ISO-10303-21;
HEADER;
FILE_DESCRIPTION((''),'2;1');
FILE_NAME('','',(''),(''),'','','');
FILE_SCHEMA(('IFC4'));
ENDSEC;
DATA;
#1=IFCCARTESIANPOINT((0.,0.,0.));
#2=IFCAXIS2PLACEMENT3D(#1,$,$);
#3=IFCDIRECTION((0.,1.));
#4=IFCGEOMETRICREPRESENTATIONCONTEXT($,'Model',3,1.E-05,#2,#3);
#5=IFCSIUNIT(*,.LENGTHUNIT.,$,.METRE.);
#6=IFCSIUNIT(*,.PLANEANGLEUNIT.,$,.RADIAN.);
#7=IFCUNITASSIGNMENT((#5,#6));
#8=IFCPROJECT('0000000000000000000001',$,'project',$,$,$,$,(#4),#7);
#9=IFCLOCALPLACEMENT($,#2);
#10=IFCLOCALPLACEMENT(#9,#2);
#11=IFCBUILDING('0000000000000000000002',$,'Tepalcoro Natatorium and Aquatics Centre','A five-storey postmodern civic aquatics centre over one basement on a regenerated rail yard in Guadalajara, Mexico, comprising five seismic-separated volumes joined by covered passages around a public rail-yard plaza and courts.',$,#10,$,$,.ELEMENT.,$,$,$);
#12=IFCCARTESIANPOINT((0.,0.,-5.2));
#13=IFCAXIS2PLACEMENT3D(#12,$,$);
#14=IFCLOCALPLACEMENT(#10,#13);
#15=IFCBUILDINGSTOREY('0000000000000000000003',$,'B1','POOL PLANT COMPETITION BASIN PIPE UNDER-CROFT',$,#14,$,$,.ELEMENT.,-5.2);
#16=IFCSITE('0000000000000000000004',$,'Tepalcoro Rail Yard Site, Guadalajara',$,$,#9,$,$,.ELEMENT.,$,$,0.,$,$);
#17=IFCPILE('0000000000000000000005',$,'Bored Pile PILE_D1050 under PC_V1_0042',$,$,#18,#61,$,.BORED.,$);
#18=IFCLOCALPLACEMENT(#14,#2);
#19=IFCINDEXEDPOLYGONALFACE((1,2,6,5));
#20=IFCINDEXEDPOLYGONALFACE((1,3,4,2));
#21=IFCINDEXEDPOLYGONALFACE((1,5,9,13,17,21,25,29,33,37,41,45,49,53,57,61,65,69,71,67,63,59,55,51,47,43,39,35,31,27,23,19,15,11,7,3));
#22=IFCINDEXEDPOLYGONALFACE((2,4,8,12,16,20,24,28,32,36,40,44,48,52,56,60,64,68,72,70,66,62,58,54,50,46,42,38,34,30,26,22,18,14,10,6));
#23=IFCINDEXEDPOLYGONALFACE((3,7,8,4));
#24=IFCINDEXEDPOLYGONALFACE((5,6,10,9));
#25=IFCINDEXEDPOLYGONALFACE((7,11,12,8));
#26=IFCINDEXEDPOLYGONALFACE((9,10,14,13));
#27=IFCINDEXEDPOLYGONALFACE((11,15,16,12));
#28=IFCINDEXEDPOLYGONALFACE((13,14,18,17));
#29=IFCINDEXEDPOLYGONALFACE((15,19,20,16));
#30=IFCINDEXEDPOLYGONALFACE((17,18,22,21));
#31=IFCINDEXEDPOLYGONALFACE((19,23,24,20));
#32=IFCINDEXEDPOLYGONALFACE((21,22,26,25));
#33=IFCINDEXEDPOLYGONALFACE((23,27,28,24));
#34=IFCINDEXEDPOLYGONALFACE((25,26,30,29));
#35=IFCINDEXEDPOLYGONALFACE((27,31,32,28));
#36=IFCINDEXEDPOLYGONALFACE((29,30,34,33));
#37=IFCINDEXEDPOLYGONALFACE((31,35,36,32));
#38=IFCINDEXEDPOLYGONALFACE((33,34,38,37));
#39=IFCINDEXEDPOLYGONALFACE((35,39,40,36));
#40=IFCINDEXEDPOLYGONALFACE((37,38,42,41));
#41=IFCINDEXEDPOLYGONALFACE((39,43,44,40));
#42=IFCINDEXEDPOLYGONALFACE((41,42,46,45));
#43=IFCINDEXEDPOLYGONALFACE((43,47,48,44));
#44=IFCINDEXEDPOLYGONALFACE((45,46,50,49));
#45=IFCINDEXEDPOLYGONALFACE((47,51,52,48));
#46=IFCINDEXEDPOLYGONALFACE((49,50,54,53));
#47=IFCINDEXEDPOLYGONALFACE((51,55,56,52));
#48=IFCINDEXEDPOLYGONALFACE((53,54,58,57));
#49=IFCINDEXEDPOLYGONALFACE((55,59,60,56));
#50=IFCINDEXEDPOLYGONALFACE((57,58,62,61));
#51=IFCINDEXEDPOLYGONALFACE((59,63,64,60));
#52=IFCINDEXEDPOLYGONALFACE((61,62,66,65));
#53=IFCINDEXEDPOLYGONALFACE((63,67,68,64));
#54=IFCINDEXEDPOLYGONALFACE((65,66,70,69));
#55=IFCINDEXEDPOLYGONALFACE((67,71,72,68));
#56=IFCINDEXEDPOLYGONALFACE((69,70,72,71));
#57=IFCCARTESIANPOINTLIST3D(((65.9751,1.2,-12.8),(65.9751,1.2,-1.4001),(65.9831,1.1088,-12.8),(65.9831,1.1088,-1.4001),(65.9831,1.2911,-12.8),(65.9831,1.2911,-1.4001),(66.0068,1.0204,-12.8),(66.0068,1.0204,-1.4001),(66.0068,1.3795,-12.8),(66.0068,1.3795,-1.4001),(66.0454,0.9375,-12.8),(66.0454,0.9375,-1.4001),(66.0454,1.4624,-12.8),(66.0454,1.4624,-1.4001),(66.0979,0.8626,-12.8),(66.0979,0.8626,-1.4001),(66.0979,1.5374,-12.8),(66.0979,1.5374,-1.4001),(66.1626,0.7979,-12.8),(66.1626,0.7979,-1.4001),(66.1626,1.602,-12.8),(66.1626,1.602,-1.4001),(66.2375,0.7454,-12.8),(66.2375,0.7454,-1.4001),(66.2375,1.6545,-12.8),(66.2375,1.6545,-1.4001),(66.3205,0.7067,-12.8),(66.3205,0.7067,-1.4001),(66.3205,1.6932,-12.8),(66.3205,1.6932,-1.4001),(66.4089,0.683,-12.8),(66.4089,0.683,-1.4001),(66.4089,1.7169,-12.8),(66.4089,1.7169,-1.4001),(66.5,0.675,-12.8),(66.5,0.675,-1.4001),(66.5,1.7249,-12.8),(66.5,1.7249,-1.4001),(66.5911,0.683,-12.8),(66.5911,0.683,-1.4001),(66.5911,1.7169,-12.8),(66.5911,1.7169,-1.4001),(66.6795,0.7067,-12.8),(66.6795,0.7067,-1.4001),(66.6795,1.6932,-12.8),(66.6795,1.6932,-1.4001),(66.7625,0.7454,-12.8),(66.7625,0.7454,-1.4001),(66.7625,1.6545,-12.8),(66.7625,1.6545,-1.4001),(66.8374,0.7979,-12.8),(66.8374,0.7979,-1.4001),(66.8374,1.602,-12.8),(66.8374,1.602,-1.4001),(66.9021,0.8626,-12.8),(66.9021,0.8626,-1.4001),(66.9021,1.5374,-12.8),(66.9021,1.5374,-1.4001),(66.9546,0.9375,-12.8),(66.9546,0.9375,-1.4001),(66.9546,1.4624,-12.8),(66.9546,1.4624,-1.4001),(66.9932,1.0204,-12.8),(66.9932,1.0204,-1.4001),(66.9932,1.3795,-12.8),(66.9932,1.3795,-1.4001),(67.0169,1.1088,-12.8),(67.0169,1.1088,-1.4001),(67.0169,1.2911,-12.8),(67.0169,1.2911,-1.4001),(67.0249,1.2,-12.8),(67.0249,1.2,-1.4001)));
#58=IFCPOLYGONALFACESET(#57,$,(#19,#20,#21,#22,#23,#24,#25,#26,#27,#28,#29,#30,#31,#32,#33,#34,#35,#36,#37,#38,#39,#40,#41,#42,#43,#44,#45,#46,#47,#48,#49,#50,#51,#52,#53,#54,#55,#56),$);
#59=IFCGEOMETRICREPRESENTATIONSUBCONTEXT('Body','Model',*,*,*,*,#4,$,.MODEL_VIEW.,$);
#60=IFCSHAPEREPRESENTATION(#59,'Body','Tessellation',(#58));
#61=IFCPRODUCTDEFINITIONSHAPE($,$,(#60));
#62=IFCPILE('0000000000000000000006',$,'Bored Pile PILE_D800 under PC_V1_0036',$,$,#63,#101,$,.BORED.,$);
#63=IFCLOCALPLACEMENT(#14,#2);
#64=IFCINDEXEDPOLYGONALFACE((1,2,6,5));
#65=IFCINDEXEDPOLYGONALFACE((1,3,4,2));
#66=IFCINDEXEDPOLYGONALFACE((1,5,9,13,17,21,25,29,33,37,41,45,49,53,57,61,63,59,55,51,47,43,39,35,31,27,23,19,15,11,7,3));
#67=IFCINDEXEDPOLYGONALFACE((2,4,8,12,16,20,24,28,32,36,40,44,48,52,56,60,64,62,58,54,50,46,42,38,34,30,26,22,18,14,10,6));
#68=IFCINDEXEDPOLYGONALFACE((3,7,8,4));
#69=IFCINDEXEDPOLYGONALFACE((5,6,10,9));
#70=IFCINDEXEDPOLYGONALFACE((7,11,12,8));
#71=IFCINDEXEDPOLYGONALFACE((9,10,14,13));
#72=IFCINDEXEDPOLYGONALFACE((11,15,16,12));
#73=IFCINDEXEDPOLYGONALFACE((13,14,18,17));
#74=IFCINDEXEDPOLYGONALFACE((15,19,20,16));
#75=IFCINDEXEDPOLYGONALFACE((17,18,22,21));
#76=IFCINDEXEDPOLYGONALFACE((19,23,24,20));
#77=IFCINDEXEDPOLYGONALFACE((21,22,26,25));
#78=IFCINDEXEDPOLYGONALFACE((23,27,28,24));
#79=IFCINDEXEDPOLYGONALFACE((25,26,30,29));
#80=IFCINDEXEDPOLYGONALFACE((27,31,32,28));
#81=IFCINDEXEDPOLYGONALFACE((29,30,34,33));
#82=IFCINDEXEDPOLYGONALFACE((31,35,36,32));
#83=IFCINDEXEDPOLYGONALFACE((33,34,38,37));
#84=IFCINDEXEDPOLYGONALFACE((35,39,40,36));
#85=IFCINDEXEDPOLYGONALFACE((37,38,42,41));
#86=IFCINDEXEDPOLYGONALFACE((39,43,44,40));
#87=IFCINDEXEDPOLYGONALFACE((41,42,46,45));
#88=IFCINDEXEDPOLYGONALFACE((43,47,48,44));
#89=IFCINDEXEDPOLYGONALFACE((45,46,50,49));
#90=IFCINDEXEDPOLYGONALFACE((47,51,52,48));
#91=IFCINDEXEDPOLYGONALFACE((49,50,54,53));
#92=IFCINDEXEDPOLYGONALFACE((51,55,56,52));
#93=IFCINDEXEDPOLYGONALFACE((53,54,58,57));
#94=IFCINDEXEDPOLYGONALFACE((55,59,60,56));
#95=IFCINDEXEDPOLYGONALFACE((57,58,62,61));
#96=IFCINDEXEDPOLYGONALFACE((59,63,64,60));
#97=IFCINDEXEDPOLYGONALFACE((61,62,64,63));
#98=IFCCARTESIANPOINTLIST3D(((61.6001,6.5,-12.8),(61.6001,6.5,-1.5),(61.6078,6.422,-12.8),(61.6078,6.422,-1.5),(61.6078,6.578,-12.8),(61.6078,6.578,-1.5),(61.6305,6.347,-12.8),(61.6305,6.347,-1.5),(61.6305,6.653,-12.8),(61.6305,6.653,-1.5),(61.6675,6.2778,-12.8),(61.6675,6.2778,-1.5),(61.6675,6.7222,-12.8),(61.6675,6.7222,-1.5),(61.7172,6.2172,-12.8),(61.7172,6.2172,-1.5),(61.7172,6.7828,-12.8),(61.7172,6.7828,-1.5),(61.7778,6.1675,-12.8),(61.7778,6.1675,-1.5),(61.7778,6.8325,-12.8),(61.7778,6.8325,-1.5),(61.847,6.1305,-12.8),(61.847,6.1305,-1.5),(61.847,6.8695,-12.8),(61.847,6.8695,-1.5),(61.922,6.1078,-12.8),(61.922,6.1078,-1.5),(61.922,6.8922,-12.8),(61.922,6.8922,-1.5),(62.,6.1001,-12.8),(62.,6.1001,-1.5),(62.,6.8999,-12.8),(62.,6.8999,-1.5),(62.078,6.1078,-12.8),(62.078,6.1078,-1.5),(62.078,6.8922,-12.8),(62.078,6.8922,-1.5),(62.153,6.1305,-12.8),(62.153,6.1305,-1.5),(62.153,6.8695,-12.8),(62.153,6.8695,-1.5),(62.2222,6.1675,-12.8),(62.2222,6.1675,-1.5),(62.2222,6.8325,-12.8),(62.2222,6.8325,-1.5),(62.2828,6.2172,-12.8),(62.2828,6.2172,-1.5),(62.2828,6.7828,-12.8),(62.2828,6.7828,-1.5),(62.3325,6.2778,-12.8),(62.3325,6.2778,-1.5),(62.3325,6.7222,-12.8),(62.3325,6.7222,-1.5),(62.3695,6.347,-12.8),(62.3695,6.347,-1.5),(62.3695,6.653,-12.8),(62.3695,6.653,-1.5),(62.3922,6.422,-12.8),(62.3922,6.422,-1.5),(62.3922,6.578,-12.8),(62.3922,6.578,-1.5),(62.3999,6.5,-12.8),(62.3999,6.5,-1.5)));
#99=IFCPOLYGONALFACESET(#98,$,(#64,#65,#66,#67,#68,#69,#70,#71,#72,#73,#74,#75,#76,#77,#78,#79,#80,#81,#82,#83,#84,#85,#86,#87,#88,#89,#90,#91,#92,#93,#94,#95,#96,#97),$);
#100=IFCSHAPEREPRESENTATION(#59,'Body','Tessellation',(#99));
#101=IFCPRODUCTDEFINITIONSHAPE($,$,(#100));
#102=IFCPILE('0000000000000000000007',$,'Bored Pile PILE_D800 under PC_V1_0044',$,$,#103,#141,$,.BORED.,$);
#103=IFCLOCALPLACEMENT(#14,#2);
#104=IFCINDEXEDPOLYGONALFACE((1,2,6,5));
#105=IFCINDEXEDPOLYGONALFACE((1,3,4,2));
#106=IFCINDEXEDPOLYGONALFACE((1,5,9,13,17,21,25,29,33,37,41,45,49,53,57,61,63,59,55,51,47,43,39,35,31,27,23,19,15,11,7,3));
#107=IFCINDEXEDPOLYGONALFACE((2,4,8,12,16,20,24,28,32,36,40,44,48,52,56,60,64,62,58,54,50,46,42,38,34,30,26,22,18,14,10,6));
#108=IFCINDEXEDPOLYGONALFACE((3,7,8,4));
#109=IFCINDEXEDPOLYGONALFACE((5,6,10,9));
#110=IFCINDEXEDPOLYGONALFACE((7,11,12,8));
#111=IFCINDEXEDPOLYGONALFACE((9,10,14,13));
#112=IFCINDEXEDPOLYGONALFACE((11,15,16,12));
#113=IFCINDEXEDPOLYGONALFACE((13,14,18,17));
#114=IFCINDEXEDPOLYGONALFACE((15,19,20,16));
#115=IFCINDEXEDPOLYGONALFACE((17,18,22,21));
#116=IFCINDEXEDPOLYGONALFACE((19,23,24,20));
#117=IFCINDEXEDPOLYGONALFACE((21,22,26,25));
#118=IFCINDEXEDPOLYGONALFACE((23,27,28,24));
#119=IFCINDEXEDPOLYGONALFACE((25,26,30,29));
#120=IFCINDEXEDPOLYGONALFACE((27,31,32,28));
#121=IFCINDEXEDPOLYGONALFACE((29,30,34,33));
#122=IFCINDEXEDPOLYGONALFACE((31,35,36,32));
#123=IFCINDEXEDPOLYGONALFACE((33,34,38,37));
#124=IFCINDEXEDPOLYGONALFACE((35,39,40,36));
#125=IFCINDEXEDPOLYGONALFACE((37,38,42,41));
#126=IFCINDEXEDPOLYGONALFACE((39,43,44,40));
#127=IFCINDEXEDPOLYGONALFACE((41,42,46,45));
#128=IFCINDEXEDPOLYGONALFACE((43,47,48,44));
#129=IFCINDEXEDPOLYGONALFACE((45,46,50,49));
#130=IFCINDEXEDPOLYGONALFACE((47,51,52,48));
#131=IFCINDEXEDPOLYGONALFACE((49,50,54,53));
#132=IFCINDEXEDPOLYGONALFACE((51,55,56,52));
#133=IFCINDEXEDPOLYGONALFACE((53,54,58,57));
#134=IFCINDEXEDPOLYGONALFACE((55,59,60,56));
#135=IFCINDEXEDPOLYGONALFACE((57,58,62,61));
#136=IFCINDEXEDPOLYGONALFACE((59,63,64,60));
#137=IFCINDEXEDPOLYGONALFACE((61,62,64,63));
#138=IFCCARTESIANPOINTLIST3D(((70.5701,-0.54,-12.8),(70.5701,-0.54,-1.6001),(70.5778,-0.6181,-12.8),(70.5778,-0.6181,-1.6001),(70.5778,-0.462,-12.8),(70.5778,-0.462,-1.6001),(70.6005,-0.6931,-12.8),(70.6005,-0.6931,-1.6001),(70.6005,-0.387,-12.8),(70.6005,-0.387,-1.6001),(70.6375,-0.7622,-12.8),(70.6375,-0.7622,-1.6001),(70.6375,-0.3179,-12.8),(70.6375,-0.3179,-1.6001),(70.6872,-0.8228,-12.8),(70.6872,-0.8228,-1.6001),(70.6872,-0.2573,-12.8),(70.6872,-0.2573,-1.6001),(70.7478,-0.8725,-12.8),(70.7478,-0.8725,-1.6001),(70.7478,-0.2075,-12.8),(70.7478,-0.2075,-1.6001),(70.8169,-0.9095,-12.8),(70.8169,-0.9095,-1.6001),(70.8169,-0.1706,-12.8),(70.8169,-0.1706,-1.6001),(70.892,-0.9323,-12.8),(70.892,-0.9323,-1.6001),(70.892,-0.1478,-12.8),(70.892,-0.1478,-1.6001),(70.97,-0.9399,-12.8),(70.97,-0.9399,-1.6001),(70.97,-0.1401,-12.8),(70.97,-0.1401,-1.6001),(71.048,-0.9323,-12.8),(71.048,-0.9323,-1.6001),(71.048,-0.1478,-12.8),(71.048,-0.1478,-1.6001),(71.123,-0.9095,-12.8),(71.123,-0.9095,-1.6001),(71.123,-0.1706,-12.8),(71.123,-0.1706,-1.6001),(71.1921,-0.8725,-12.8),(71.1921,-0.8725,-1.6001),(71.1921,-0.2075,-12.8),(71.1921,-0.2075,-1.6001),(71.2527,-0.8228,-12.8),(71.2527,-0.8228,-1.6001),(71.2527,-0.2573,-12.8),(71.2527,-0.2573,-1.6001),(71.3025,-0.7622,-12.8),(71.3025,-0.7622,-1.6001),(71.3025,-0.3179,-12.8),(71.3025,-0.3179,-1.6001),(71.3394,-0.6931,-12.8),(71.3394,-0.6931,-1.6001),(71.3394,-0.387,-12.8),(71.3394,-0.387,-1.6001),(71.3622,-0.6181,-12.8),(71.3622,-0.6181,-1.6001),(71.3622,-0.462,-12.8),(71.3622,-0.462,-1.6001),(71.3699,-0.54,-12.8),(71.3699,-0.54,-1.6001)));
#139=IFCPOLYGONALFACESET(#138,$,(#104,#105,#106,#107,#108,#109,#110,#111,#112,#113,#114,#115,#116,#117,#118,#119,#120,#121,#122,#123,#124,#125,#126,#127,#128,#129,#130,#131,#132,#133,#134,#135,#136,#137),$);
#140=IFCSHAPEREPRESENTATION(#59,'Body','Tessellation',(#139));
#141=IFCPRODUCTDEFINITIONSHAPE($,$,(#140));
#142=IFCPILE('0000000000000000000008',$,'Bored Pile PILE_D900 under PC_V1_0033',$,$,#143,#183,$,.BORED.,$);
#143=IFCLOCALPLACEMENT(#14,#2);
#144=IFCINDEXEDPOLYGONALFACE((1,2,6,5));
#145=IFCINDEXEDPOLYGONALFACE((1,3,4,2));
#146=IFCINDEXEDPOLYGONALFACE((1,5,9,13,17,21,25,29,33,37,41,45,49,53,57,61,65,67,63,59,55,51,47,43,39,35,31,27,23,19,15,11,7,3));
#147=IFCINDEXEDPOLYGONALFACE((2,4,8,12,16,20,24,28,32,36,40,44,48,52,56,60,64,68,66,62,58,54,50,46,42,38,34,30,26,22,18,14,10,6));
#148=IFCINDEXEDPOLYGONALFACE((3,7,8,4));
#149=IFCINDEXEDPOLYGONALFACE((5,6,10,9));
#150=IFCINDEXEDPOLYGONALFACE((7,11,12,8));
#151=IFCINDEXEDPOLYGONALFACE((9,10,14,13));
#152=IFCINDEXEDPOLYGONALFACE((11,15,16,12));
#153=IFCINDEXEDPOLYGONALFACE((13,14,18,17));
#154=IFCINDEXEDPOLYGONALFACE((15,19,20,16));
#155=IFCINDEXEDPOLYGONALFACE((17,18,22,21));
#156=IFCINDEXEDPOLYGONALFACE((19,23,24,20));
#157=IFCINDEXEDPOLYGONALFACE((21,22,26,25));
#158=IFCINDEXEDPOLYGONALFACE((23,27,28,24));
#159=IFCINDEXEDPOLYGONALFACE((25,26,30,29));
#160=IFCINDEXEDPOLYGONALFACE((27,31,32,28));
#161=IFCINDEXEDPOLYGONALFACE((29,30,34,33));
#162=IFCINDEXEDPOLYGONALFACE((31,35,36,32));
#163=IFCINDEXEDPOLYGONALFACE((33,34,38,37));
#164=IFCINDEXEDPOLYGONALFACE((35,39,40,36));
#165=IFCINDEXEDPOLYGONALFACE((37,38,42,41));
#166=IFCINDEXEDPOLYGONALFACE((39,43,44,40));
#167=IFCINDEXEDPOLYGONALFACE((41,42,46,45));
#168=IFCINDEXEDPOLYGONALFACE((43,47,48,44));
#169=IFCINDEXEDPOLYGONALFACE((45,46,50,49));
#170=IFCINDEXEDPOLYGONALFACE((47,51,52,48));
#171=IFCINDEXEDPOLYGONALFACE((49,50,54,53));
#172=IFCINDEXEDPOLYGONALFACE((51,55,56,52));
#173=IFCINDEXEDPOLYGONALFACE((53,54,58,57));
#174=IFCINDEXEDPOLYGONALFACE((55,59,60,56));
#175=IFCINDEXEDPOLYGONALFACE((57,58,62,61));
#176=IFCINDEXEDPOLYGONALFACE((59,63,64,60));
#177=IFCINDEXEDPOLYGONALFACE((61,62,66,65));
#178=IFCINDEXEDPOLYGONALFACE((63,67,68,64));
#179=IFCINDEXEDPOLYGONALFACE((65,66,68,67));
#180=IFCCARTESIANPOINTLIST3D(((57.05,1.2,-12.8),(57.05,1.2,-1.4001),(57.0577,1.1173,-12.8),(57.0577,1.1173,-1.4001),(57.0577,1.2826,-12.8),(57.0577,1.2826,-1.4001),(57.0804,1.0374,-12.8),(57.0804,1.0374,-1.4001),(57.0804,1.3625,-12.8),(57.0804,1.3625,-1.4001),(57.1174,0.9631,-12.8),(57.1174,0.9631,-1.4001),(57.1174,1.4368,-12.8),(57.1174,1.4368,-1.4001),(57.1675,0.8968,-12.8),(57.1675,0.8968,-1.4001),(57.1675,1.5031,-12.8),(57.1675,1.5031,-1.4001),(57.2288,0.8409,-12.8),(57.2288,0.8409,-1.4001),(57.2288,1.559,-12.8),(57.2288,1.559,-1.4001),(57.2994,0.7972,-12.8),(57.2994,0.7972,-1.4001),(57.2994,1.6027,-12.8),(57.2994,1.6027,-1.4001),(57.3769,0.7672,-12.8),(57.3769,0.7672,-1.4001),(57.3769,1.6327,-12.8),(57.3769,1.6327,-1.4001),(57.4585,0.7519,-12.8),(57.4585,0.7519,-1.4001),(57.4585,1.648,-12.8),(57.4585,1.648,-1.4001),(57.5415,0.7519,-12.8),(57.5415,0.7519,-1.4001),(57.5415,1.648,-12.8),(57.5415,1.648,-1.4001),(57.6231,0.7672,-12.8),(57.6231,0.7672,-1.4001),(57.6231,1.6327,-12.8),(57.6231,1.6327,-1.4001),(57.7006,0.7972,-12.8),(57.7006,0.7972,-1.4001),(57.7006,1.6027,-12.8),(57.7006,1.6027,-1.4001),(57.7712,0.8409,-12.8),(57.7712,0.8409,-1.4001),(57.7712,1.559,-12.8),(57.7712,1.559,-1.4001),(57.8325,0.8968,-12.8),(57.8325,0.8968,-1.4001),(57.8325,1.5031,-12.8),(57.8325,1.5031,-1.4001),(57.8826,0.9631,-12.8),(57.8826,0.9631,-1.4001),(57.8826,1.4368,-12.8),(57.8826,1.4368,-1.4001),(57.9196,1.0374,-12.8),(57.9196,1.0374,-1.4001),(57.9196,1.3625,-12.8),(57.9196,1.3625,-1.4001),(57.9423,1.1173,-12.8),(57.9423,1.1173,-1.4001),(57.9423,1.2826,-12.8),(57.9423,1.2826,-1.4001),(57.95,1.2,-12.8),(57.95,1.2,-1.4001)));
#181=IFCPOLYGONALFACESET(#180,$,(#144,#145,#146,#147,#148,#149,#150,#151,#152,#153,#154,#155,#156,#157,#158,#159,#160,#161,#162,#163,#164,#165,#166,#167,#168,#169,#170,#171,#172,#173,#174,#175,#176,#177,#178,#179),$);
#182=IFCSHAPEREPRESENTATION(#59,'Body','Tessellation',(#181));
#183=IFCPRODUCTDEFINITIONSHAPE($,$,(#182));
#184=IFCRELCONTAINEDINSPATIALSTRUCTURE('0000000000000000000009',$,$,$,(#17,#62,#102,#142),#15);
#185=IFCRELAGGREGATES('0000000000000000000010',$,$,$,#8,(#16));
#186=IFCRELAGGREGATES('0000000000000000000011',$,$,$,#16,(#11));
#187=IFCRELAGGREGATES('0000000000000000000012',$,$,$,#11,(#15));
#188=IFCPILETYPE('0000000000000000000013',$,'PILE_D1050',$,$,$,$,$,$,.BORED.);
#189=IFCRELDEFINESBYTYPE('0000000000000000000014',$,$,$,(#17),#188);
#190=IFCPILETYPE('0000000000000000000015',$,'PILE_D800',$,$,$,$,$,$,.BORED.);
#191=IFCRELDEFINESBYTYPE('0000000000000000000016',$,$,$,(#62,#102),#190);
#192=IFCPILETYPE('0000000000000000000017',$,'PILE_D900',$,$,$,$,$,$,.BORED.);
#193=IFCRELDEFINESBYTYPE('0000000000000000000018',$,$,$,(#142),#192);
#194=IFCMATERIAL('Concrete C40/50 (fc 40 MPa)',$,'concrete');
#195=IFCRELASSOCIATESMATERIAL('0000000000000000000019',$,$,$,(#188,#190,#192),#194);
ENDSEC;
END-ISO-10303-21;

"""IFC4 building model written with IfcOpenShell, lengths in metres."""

from ifc_helpers import new_model, si_unit, direction, frame, origin, origin_2d, place, context, subcontext, project, spatial, circle, extrude, material, material_profile, profile_set, type_object, element, save


model = new_model("IFC4")

# Units and contexts
model_context = context("Model", 3, precision=1e-05, world=origin(), true_north=direction((0.0, 1.0)))
body_context = subcontext(model_context, "Body", "Model", "MODEL_VIEW")
ifc_project = project(units=[si_unit("LENGTHUNIT", "METRE"), si_unit("PLANEANGLEUNIT", "RADIAN")], contexts=[model_context])

# Site, building, storey
site_placement = place(None, origin())
site = spatial("IfcSite", under=ifc_project, at=site_placement, Name="Tepalcoro Rail Yard Site, Guadalajara", CompositionType="ELEMENT", RefElevation=0.0)
building_placement = place(site_placement, origin())
building = spatial("IfcBuilding", under=site, at=building_placement, Name="Tepalcoro Natatorium and Aquatics Centre", Description="A five-storey postmodern civic aquatics centre over one basement on a regenerated rail yard in Guadalajara, Mexico, comprising five seismic-separated volumes joined by covered passages around a public rail-yard plaza and courts.", CompositionType="ELEMENT")
storey_placement = place(building_placement, frame((0.0, 0.0, -5.2)))
storey = spatial("IfcBuildingStorey", under=building, at=storey_placement, Name="B1", Description="POOL PLANT COMPETITION BASIN PIPE UNDER-CROFT", CompositionType="ELEMENT", Elevation=-5.2)

# Piles
ifc_material_1 = material(Name="Concrete C40/50 (fc 40 MPa)", Category="concrete")
ifc_material_profile_1 = material_profile(ifc_material_1, circle(Radius=0.5249, at=origin_2d()), Name="PILE_D1050")
ifc_profile_set_1 = profile_set([ifc_material_profile_1], Name="Concrete C40/50 (fc 40 MPa)")
pile_type_1 = type_object("IfcPileType", Name="PILE_D1050", PredefinedType="BORED", material=ifc_profile_set_1)
pile_1_placement = place(storey_placement, frame((66.5, 1.2, -1.4001), z_axis=(0.0, 0.0, -1.0), x_axis=(1.0, 0.0, 0.0)))
element("IfcPile", 1, at=pile_1_placement, inside=storey, type_object=pile_type_1, Name="Bored Pile PILE_D1050 under PC_V1_0042", PredefinedType="BORED", context=body_context, shape_type="SweptSolid", body=[
    extrude(circle(Radius=0.5249, at=origin_2d()), origin(), (0.0, 0.0, 1.0), 11.3999),
])
ifc_material_profile_2 = material_profile(ifc_material_1, circle(Radius=0.3999, at=origin_2d()), Name="PILE_D800")
ifc_profile_set_2 = profile_set([ifc_material_profile_2], Name="Concrete C40/50 (fc 40 MPa)")
pile_type_2 = type_object("IfcPileType", Name="PILE_D800", PredefinedType="BORED", material=ifc_profile_set_2)
pile_2_placement = place(storey_placement, frame((62.0, 6.5, -1.5), z_axis=(0.0, 0.0, -1.0), x_axis=(1.0, 0.0, 0.0)))
element("IfcPile", 2, at=pile_2_placement, inside=storey, type_object=pile_type_2, Name="Bored Pile PILE_D800 under PC_V1_0036", PredefinedType="BORED", context=body_context, shape_type="SweptSolid", body=[
    extrude(circle(Radius=0.3999, at=origin_2d()), origin(), (0.0, 0.0, 1.0), 11.3),
])
pile_3_placement = place(storey_placement, frame((70.97, -0.54, -1.6001), z_axis=(0.0, 0.0, -1.0), x_axis=(1.0, 0.0, 0.0)))
element("IfcPile", 3, at=pile_3_placement, inside=storey, type_object=pile_type_2, Name="Bored Pile PILE_D800 under PC_V1_0044", PredefinedType="BORED", context=body_context, shape_type="SweptSolid", body=[
    extrude(circle(Radius=0.3999, at=origin_2d()), origin(), (0.0, 0.0, 1.0), 11.2),
])
ifc_material_profile_3 = material_profile(ifc_material_1, circle(Radius=0.45, at=origin_2d()), Name="PILE_D900")
ifc_profile_set_3 = profile_set([ifc_material_profile_3], Name="Concrete C40/50 (fc 40 MPa)")
pile_type_3 = type_object("IfcPileType", Name="PILE_D900", PredefinedType="BORED", material=ifc_profile_set_3)
pile_4_placement = place(storey_placement, frame((57.5, 1.2, -1.4001), z_axis=(0.0, 0.0, -1.0), x_axis=(1.0, 0.0, 0.0)))
element("IfcPile", 4, at=pile_4_placement, inside=storey, type_object=pile_type_3, Name="Bored Pile PILE_D900 under PC_V1_0033", PredefinedType="BORED", context=body_context, shape_type="SweptSolid", body=[
    extrude(circle(Radius=0.45, at=origin_2d()), origin(), (0.0, 0.0, 1.0), 11.3999),
])

save(model, "model.ifc")
